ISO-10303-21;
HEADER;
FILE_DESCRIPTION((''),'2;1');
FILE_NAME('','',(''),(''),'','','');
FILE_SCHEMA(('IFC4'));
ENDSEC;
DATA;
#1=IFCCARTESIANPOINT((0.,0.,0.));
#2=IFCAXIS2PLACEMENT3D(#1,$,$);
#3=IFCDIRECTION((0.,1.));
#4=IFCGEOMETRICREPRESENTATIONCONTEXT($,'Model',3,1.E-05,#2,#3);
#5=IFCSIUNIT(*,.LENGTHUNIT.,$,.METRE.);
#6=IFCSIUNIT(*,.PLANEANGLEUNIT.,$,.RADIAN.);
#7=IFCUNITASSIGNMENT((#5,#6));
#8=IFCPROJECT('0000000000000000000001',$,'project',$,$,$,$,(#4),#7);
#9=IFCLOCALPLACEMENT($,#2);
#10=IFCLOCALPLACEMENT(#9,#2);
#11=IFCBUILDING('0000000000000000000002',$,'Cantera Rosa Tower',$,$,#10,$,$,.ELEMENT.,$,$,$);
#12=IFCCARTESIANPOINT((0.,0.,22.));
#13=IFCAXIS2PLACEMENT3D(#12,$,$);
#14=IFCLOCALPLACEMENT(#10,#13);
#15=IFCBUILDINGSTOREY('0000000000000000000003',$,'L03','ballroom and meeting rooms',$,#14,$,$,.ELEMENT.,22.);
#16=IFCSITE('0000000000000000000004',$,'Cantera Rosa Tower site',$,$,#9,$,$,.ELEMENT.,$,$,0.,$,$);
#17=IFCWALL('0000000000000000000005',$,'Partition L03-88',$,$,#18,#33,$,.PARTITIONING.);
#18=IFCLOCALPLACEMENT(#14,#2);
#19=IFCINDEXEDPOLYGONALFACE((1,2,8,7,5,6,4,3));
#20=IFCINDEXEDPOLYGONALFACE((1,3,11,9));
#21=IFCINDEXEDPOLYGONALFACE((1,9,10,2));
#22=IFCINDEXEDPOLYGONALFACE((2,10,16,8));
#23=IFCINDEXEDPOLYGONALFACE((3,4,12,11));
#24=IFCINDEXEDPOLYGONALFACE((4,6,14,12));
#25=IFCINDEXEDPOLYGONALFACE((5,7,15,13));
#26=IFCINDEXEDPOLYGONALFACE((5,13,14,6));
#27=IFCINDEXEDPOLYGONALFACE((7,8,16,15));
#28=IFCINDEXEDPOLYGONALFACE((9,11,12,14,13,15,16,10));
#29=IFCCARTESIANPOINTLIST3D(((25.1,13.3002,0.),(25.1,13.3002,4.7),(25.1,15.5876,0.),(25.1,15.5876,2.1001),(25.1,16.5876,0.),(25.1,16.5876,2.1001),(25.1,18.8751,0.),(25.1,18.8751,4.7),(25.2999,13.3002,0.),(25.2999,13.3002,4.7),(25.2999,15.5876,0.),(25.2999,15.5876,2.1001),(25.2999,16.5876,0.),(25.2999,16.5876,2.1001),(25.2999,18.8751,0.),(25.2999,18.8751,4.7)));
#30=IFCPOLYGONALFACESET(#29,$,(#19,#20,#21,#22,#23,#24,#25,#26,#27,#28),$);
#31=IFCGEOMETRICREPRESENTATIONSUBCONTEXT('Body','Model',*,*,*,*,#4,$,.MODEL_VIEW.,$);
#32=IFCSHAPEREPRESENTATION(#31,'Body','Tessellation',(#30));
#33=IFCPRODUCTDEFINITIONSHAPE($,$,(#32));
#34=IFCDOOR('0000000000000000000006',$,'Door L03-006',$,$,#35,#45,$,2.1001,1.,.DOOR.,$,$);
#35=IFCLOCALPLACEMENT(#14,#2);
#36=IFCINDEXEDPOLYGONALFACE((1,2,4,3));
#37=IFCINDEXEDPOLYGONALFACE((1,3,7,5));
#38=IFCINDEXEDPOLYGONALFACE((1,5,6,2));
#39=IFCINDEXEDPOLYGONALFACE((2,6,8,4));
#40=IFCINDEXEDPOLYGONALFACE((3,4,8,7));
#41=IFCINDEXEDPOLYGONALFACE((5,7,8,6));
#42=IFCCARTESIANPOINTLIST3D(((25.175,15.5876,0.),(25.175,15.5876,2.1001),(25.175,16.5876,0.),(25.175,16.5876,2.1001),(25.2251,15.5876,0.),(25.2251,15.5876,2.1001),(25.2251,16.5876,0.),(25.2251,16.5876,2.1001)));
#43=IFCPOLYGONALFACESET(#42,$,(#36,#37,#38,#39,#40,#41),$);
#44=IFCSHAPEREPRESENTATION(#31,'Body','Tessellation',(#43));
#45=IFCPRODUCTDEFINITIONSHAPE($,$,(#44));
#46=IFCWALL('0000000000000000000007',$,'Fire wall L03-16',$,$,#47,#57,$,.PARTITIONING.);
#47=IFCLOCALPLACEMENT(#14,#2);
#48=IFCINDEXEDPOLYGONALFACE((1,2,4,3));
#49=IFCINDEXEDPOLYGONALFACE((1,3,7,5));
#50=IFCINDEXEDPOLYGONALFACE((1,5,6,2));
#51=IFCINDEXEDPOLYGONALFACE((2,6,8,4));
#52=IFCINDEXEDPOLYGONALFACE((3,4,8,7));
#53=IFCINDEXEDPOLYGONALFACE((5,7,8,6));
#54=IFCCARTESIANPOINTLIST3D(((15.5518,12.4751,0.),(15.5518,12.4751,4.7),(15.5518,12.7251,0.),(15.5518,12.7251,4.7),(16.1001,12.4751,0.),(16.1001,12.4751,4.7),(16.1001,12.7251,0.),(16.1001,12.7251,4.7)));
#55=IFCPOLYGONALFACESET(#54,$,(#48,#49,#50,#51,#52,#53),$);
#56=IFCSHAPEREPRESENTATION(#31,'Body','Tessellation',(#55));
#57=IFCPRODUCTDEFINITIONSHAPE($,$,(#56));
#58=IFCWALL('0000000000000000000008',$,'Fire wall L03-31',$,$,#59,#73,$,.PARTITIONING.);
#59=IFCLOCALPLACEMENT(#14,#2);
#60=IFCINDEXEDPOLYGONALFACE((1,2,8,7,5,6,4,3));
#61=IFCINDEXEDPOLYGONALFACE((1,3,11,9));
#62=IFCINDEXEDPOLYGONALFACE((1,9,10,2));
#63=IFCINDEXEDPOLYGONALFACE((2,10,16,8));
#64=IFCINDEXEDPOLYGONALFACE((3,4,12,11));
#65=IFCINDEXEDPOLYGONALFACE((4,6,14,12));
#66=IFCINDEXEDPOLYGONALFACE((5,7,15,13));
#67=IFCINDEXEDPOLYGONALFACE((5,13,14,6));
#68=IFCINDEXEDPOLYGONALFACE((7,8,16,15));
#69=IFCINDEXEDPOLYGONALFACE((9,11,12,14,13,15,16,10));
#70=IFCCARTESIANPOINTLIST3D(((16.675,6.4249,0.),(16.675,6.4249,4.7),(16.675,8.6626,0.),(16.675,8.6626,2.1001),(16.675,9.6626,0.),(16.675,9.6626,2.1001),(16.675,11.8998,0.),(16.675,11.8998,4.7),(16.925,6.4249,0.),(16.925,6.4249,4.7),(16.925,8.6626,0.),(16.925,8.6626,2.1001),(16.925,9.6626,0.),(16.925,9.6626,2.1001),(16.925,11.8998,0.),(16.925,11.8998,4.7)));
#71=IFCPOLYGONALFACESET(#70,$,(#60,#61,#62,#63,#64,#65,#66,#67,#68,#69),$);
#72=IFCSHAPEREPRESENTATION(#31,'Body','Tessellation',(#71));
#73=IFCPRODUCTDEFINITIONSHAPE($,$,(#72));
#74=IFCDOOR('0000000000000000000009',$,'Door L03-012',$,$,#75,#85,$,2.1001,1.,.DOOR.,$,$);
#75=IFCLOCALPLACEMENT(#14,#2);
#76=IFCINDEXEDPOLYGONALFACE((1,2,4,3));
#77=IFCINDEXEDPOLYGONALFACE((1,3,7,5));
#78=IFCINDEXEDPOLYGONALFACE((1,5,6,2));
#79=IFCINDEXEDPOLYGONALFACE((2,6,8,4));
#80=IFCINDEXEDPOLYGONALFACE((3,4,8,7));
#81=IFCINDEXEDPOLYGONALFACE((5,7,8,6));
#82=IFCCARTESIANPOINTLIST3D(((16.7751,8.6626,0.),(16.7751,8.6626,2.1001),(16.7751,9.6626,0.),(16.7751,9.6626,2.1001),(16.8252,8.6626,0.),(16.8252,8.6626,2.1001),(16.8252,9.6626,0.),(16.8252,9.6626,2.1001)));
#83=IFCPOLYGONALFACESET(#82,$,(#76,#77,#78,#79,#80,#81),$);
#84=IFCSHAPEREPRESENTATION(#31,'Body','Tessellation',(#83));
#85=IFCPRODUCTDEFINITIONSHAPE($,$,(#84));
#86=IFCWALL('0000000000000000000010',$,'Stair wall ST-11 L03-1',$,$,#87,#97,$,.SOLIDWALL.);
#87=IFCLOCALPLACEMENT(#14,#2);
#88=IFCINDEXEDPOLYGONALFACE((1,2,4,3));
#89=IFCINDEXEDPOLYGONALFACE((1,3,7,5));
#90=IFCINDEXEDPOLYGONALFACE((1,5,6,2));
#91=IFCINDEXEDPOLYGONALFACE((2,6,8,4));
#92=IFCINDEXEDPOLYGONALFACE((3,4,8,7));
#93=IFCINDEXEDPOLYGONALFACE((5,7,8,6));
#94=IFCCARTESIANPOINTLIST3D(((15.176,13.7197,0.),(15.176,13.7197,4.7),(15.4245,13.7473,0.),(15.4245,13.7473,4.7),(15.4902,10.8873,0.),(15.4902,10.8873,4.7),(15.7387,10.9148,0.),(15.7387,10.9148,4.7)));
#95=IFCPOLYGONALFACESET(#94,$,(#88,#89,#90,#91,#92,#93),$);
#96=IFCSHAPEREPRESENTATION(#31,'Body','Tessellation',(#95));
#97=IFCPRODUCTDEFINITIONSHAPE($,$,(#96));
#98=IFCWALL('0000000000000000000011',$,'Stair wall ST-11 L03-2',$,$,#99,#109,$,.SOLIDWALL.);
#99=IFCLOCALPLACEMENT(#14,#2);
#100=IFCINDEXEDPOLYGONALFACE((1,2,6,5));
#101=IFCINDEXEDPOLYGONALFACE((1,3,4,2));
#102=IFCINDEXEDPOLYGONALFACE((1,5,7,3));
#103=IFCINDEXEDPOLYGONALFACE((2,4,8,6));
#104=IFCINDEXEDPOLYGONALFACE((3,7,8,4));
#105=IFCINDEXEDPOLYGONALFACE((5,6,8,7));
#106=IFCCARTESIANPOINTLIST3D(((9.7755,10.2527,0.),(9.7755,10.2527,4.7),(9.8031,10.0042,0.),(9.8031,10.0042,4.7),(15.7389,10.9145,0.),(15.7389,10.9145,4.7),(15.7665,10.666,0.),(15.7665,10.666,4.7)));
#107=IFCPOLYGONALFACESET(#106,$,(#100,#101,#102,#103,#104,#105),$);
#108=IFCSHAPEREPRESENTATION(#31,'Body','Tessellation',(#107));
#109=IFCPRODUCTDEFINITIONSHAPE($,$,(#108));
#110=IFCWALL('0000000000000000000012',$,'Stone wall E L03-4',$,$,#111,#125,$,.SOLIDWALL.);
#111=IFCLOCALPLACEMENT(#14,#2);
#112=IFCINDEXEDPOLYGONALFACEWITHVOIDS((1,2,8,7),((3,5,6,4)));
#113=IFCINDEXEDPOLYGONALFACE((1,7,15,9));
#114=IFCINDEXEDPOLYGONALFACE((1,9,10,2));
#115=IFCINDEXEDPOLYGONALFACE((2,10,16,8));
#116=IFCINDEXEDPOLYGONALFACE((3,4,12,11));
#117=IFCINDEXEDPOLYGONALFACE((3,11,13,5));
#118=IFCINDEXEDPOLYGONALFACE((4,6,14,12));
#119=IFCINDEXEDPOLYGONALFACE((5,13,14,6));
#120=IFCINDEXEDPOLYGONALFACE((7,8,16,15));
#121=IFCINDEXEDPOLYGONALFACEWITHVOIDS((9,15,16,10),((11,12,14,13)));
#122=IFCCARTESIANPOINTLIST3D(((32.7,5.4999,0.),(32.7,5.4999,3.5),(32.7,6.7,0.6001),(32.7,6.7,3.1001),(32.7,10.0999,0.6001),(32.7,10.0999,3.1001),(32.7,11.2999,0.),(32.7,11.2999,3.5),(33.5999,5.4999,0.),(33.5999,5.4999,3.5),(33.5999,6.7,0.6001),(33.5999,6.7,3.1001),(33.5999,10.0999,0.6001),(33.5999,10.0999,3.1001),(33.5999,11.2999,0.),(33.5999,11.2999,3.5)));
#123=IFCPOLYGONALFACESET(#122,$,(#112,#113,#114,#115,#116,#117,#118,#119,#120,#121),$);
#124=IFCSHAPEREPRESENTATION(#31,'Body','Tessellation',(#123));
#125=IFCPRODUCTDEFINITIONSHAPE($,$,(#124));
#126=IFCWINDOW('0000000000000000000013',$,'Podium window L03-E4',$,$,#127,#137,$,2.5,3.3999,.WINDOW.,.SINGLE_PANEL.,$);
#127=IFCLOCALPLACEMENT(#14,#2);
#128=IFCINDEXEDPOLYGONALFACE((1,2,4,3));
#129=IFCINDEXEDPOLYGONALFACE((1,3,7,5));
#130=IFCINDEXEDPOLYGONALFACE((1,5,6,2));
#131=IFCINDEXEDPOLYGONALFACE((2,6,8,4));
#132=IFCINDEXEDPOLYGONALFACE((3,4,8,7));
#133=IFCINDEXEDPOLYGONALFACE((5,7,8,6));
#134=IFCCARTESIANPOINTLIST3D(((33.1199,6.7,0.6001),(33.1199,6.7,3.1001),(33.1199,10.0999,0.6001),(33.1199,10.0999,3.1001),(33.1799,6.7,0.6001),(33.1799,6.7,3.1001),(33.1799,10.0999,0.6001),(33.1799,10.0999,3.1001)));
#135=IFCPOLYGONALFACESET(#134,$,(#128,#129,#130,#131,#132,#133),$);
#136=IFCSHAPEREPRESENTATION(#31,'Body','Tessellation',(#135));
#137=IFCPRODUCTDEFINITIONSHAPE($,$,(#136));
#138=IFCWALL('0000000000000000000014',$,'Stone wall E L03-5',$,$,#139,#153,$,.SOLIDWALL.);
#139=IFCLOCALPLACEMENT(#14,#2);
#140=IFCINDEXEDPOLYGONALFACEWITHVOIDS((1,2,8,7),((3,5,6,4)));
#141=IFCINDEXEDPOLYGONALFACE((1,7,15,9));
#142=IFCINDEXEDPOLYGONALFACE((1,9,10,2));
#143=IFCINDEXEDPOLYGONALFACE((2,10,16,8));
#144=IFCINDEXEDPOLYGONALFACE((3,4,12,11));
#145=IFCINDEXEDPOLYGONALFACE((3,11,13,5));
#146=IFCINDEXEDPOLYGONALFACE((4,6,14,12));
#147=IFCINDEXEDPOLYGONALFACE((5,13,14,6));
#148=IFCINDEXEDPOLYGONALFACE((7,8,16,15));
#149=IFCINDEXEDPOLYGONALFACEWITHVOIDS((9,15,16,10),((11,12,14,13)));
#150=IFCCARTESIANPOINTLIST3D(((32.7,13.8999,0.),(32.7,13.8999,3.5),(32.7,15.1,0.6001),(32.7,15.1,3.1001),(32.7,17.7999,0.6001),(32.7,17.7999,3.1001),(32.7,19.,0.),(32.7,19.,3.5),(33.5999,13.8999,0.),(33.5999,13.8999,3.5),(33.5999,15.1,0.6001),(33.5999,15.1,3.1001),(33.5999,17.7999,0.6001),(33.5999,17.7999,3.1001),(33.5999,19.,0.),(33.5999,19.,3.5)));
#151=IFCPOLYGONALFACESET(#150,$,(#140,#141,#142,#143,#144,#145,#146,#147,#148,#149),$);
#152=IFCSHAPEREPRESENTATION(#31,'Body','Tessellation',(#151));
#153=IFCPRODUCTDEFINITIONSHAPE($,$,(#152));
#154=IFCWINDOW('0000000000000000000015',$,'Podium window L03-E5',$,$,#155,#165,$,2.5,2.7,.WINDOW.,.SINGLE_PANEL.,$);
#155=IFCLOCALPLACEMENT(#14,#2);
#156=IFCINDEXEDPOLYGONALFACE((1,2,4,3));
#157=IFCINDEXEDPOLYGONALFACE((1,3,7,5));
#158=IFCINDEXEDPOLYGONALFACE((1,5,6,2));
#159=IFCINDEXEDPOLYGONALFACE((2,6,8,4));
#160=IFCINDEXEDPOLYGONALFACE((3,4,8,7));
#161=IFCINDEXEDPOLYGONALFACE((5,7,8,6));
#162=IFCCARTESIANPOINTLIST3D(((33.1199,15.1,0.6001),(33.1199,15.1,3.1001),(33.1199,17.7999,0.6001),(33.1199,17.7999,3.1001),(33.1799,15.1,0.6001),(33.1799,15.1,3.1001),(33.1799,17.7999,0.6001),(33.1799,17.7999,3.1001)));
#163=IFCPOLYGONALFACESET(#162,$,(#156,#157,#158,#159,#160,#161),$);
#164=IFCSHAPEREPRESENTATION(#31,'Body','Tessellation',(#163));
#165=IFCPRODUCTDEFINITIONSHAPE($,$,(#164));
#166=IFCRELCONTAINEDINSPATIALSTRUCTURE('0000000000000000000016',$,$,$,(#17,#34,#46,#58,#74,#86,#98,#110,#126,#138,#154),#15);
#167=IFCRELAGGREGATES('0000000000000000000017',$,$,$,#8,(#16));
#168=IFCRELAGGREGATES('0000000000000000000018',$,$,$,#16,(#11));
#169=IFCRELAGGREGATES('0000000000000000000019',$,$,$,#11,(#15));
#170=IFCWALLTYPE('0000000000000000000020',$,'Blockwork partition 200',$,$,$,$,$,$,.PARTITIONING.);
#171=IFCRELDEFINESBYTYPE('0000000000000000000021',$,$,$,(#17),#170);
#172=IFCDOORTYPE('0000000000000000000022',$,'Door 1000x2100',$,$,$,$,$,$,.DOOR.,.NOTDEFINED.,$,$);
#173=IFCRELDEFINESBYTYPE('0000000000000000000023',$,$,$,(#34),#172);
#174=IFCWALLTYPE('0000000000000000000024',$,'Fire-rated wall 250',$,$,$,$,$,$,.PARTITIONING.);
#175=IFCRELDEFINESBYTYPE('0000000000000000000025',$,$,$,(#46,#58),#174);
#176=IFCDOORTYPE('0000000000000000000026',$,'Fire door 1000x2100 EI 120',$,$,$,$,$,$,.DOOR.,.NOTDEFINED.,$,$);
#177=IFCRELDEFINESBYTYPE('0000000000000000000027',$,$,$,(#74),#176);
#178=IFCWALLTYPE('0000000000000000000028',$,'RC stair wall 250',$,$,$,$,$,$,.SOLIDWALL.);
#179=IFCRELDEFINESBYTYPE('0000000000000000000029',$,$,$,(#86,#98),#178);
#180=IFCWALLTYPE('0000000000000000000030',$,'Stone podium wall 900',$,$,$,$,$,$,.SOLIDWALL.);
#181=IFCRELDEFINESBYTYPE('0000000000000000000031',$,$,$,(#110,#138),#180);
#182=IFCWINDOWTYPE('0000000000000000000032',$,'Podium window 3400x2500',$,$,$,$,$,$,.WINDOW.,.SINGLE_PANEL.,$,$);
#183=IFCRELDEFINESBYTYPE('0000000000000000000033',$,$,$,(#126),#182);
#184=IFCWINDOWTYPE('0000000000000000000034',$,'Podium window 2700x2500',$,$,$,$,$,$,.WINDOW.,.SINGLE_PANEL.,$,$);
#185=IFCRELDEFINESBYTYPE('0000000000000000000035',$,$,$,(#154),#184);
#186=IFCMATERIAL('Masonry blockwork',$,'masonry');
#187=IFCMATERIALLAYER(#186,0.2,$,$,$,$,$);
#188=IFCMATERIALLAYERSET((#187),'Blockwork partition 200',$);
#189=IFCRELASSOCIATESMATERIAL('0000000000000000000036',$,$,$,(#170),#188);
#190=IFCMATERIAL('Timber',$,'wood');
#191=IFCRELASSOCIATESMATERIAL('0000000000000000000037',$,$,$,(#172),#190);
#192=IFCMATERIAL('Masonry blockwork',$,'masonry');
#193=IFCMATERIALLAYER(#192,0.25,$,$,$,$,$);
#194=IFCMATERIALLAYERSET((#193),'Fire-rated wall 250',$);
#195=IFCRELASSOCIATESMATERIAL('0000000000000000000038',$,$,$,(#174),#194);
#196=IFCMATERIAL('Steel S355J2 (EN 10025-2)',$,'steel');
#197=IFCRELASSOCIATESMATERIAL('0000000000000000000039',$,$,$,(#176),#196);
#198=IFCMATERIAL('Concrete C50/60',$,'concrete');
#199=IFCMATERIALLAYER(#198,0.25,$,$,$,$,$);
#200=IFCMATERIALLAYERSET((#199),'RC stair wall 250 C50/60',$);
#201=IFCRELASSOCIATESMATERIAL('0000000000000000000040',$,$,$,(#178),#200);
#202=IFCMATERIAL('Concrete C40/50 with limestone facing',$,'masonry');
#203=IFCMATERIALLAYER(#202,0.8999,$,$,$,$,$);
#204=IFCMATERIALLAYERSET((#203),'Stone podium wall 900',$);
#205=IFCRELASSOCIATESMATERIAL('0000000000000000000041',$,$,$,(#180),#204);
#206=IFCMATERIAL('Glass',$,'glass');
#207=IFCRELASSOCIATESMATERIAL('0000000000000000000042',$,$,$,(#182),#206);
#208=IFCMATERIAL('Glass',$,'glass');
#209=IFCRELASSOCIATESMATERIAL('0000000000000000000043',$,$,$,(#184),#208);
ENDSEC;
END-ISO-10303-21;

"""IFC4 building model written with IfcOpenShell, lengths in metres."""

from ifc_helpers import new_model, si_unit, direction, frame, frame_2d, origin, place, context, subcontext, project, spatial, rectangle, extrude, material, layer, layer_set, type_object, element, fill, save


model = new_model("IFC4")

# Units and contexts
model_context = context("Model", 3, precision=1e-05, world=origin(), true_north=direction((0.0, 1.0)))
body_context = subcontext(model_context, "Body", "Model", "MODEL_VIEW")
ifc_project = project(units=[si_unit("LENGTHUNIT", "METRE"), si_unit("PLANEANGLEUNIT", "RADIAN")], contexts=[model_context])

# Site, building, storey
site_placement = place(None, origin())
site = spatial("IfcSite", under=ifc_project, at=site_placement, Name="Cantera Rosa Tower site", CompositionType="ELEMENT", RefElevation=0.0)
building_placement = place(site_placement, origin())
building = spatial("IfcBuilding", under=site, at=building_placement, Name="Cantera Rosa Tower", CompositionType="ELEMENT")
storey_placement = place(building_placement, frame((0.0, 0.0, 22.0)))
storey = spatial("IfcBuildingStorey", under=building, at=storey_placement, Name="L03", Description="ballroom and meeting rooms", CompositionType="ELEMENT", Elevation=22.0)

# Shared definitions
ifc_material_1 = material(Name="Masonry blockwork", Category="masonry")
ifc_layer_1 = layer(ifc_material_1, 0.2)
ifc_layer_set_1 = layer_set([ifc_layer_1], Name="Blockwork partition 200")
wall_type_1 = type_object("IfcWallType", Name="Blockwork partition 200", PredefinedType="PARTITIONING", material=ifc_layer_set_1)

# Shared definitions
ifc_material_2 = material(Name="Timber", Category="wood")
door_type_1 = type_object("IfcDoorType", Name="Door 1000x2100", OperationType="NOTDEFINED", PredefinedType="DOOR", material=ifc_material_2)

# Wall, opening, door
wall_1_placement = place(storey_placement, frame((25.2, 13.3, 0.0), z_axis=(0.0, 0.0, 1.0), x_axis=(0.0, 1.0, 0.0)))
wall_1 = element("IfcWall", 1, at=wall_1_placement, inside=storey, type_object=wall_type_1, Name="Partition L03-88", PredefinedType="PARTITIONING", context=body_context, shape_type="SweptSolid", body=[
    extrude(rectangle(XDim=5.575, YDim=0.2, at=frame_2d((2.7876, 0.0))), origin(), (0.0, 0.0, 1.0), 4.7),
])
opening_1_placement = place(wall_1_placement, frame((2.2876, 0.0, 0.0)))
opening_1 = element("IfcOpeningElement", 2, at=opening_1_placement, cuts=wall_1, PredefinedType="OPENING", context=body_context, shape_type="SweptSolid", body=[
    extrude(rectangle(XDim=1.0, YDim=2.1001, at=frame_2d((0.5, 1.05))), frame((0.0, 0.1099, 0.0), z_axis=(0.0, -1.0, 0.0), x_axis=(1.0, 0.0, 0.0)), (0.0, 0.0, 1.0), 0.22),
])
door_1_placement = place(opening_1_placement, origin())
door_1 = element("IfcDoor", 3, at=door_1_placement, inside=storey, type_object=door_type_1, Name="Door L03-006", OverallHeight=2.1001, OverallWidth=1.0, PredefinedType="DOOR", context=body_context, shape_type="SweptSolid", body=[
    extrude(rectangle(XDim=1.0, YDim=2.1001, at=frame_2d((0.5, 1.05))), frame((0.0, 0.0249, 0.0), z_axis=(0.0, -1.0, 0.0), x_axis=(1.0, 0.0, 0.0)), (0.0, 0.0, 1.0), 0.05),
])
fill(opening_1, door_1)

# Wall
ifc_material_3 = material(Name="Masonry blockwork", Category="masonry")
ifc_layer_2 = layer(ifc_material_3, 0.25)
ifc_layer_set_2 = layer_set([ifc_layer_2], Name="Fire-rated wall 250")
wall_type_2 = type_object("IfcWallType", Name="Fire-rated wall 250", PredefinedType="PARTITIONING", material=ifc_layer_set_2)
wall_2_placement = place(storey_placement, frame((15.5518, 12.6001, 0.0), z_axis=(0.0, 0.0, 1.0), x_axis=(1.0, 0.0, 0.0)))
element("IfcWall", 4, at=wall_2_placement, inside=storey, type_object=wall_type_2, Name="Fire wall L03-16", PredefinedType="PARTITIONING", context=body_context, shape_type="SweptSolid", body=[
    extrude(rectangle(XDim=0.5483, YDim=0.25, at=frame_2d((0.2742, 0.0))), origin(), (0.0, 0.0, 1.0), 4.7),
])

# Wall, opening, door
wall_3_placement = place(storey_placement, frame((16.8, 6.425, 0.0), z_axis=(0.0, 0.0, 1.0), x_axis=(0.0, 1.0, 0.0)))
wall_3 = element("IfcWall", 5, at=wall_3_placement, inside=storey, type_object=wall_type_2, Name="Fire wall L03-31", PredefinedType="PARTITIONING", context=body_context, shape_type="SweptSolid", body=[
    extrude(rectangle(XDim=5.4749, YDim=0.25, at=frame_2d((2.7373, 0.0))), origin(), (0.0, 0.0, 1.0), 4.7),
])
opening_2_placement = place(wall_3_placement, frame((2.2375, 0.0, 0.0)))
opening_2 = element("IfcOpeningElement", 6, at=opening_2_placement, cuts=wall_3, PredefinedType="OPENING", context=body_context, shape_type="SweptSolid", body=[
    extrude(rectangle(XDim=1.0, YDim=2.1001, at=frame_2d((0.5, 1.05))), frame((0.0, 0.135, 0.0), z_axis=(0.0, -1.0, 0.0), x_axis=(1.0, 0.0, 0.0)), (0.0, 0.0, 1.0), 0.27),
])
ifc_material_4 = material(Name="Steel S355J2 (EN 10025-2)", Category="steel")
door_type_2 = type_object("IfcDoorType", Name="Fire door 1000x2100 EI 120", OperationType="NOTDEFINED", PredefinedType="DOOR", material=ifc_material_4)
door_2_placement = place(opening_2_placement, origin())
door_2 = element("IfcDoor", 7, at=door_2_placement, inside=storey, type_object=door_type_2, Name="Door L03-012", OverallHeight=2.1001, OverallWidth=1.0, PredefinedType="DOOR", context=body_context, shape_type="SweptSolid", body=[
    extrude(rectangle(XDim=1.0, YDim=2.1001, at=frame_2d((0.5, 1.05))), frame((0.0, 0.0249, 0.0), z_axis=(0.0, -1.0, 0.0), x_axis=(1.0, 0.0, 0.0)), (0.0, 0.0, 1.0), 0.05),
])
fill(opening_2, door_2)

# Walls
ifc_material_5 = material(Name="Concrete C50/60", Category="concrete")
ifc_layer_3 = layer(ifc_material_5, 0.25)
ifc_layer_set_3 = layer_set([ifc_layer_3], Name="RC stair wall 250 C50/60")
wall_type_3 = type_object("IfcWallType", Name="RC stair wall 250", PredefinedType="SOLIDWALL", material=ifc_layer_set_3)
wall_4_placement = place(storey_placement, frame((15.3003, 13.7334, 0.0), z_axis=(0.0, 0.0, 1.0), x_axis=(0.110253, -0.993904, 0.0)))
element("IfcWall", 8, at=wall_4_placement, inside=storey, type_object=wall_type_3, Name="Stair wall ST-11 L03-1", PredefinedType="SOLIDWALL", context=body_context, shape_type="SweptSolid", body=[
    extrude(rectangle(XDim=2.8499, YDim=0.25, at=frame_2d((1.4248, 0.0))), origin(), (0.0, 0.0, 1.0), 4.7),
])
wall_5_placement = place(storey_placement, frame((15.7527, 10.7903, 0.0), z_axis=(0.0, 0.0, 1.0), x_axis=(-0.993897, -0.110311, 0.0)))
element("IfcWall", 9, at=wall_5_placement, inside=storey, type_object=wall_type_3, Name="Stair wall ST-11 L03-2", PredefinedType="SOLIDWALL", context=body_context, shape_type="SweptSolid", body=[
    extrude(rectangle(XDim=6.0, YDim=0.25, at=frame_2d((3.0, 0.0))), origin(), (0.0, 0.0, 1.0), 4.7),
])

# Walls, openings, windows
ifc_material_6 = material(Name="Concrete C40/50 with limestone facing", Category="masonry")
ifc_layer_4 = layer(ifc_material_6, 0.8999)
ifc_layer_set_4 = layer_set([ifc_layer_4], Name="Stone podium wall 900")
wall_type_4 = type_object("IfcWallType", Name="Stone podium wall 900", PredefinedType="SOLIDWALL", material=ifc_layer_set_4)
wall_6_placement = place(storey_placement, frame((33.1499, 5.5, 0.0), z_axis=(0.0, 0.0, 1.0), x_axis=(0.0, 1.0, 0.0)))
wall_6 = element("IfcWall", 10, at=wall_6_placement, inside=storey, type_object=wall_type_4, Name="Stone wall E L03-4", PredefinedType="SOLIDWALL", context=body_context, shape_type="SweptSolid", body=[
    extrude(rectangle(XDim=5.8, YDim=0.8999, at=frame_2d((2.8999, 0.0))), origin(), (0.0, 0.0, 1.0), 3.5),
])
opening_3_placement = place(wall_6_placement, frame((1.2, 0.0, 0.6001)))
opening_3 = element("IfcOpeningElement", 11, at=opening_3_placement, cuts=wall_6, PredefinedType="OPENING", context=body_context, shape_type="SweptSolid", body=[
    extrude(rectangle(XDim=3.3999, YDim=2.5, at=frame_2d((1.7, 1.25))), frame((0.0, 0.46, 0.0), z_axis=(0.0, -1.0, 0.0), x_axis=(1.0, 0.0, 0.0)), (0.0, 0.0, 1.0), 0.9199),
])
ifc_material_7 = material(Name="Glass", Category="glass")
window_type_1 = type_object("IfcWindowType", Name="Podium window 3400x2500", PartitioningType="SINGLE_PANEL", PredefinedType="WINDOW", material=ifc_material_7)
window_1_placement = place(opening_3_placement, origin())
window_1 = element("IfcWindow", 12, at=window_1_placement, inside=storey, type_object=window_type_1, Name="Podium window L03-E4", OverallHeight=2.5, OverallWidth=3.3999, PartitioningType="SINGLE_PANEL", PredefinedType="WINDOW", context=body_context, shape_type="SweptSolid", body=[
    extrude(rectangle(XDim=3.3999, YDim=2.5, at=frame_2d((1.7, 1.25))), frame((0.0, 0.03, 0.0), z_axis=(0.0, -1.0, 0.0), x_axis=(1.0, 0.0, 0.0)), (0.0, 0.0, 1.0), 0.0601),
])
fill(opening_3, window_1)
wall_7_placement = place(storey_placement, frame((33.1499, 13.8999, 0.0), z_axis=(0.0, 0.0, 1.0), x_axis=(0.0, 1.0, 0.0)))
wall_7 = element("IfcWall", 13, at=wall_7_placement, inside=storey, type_object=wall_type_4, Name="Stone wall E L03-5", PredefinedType="SOLIDWALL", context=body_context, shape_type="SweptSolid", body=[
    extrude(rectangle(XDim=5.1001, YDim=0.8999, at=frame_2d((2.55, 0.0))), origin(), (0.0, 0.0, 1.0), 3.5),
])
opening_4_placement = place(wall_7_placement, frame((1.2, 0.0, 0.6001)))
opening_4 = element("IfcOpeningElement", 14, at=opening_4_placement, cuts=wall_7, PredefinedType="OPENING", context=body_context, shape_type="SweptSolid", body=[
    extrude(rectangle(XDim=2.7, YDim=2.5, at=frame_2d((1.3501, 1.25))), frame((0.0, 0.46, 0.0), z_axis=(0.0, -1.0, 0.0), x_axis=(1.0, 0.0, 0.0)), (0.0, 0.0, 1.0), 0.9199),
])
ifc_material_8 = material(Name="Glass", Category="glass")
window_type_2 = type_object("IfcWindowType", Name="Podium window 2700x2500", PartitioningType="SINGLE_PANEL", PredefinedType="WINDOW", material=ifc_material_8)
window_2_placement = place(opening_4_placement, origin())
window_2 = element("IfcWindow", 15, at=window_2_placement, inside=storey, type_object=window_type_2, Name="Podium window L03-E5", OverallHeight=2.5, OverallWidth=2.7, PartitioningType="SINGLE_PANEL", PredefinedType="WINDOW", context=body_context, shape_type="SweptSolid", body=[
    extrude(rectangle(XDim=2.7, YDim=2.5, at=frame_2d((1.3501, 1.25))), frame((0.0, 0.03, 0.0), z_axis=(0.0, -1.0, 0.0), x_axis=(1.0, 0.0, 0.0)), (0.0, 0.0, 1.0), 0.0601),
])
fill(opening_4, window_2)

save(model, "model.ifc")
